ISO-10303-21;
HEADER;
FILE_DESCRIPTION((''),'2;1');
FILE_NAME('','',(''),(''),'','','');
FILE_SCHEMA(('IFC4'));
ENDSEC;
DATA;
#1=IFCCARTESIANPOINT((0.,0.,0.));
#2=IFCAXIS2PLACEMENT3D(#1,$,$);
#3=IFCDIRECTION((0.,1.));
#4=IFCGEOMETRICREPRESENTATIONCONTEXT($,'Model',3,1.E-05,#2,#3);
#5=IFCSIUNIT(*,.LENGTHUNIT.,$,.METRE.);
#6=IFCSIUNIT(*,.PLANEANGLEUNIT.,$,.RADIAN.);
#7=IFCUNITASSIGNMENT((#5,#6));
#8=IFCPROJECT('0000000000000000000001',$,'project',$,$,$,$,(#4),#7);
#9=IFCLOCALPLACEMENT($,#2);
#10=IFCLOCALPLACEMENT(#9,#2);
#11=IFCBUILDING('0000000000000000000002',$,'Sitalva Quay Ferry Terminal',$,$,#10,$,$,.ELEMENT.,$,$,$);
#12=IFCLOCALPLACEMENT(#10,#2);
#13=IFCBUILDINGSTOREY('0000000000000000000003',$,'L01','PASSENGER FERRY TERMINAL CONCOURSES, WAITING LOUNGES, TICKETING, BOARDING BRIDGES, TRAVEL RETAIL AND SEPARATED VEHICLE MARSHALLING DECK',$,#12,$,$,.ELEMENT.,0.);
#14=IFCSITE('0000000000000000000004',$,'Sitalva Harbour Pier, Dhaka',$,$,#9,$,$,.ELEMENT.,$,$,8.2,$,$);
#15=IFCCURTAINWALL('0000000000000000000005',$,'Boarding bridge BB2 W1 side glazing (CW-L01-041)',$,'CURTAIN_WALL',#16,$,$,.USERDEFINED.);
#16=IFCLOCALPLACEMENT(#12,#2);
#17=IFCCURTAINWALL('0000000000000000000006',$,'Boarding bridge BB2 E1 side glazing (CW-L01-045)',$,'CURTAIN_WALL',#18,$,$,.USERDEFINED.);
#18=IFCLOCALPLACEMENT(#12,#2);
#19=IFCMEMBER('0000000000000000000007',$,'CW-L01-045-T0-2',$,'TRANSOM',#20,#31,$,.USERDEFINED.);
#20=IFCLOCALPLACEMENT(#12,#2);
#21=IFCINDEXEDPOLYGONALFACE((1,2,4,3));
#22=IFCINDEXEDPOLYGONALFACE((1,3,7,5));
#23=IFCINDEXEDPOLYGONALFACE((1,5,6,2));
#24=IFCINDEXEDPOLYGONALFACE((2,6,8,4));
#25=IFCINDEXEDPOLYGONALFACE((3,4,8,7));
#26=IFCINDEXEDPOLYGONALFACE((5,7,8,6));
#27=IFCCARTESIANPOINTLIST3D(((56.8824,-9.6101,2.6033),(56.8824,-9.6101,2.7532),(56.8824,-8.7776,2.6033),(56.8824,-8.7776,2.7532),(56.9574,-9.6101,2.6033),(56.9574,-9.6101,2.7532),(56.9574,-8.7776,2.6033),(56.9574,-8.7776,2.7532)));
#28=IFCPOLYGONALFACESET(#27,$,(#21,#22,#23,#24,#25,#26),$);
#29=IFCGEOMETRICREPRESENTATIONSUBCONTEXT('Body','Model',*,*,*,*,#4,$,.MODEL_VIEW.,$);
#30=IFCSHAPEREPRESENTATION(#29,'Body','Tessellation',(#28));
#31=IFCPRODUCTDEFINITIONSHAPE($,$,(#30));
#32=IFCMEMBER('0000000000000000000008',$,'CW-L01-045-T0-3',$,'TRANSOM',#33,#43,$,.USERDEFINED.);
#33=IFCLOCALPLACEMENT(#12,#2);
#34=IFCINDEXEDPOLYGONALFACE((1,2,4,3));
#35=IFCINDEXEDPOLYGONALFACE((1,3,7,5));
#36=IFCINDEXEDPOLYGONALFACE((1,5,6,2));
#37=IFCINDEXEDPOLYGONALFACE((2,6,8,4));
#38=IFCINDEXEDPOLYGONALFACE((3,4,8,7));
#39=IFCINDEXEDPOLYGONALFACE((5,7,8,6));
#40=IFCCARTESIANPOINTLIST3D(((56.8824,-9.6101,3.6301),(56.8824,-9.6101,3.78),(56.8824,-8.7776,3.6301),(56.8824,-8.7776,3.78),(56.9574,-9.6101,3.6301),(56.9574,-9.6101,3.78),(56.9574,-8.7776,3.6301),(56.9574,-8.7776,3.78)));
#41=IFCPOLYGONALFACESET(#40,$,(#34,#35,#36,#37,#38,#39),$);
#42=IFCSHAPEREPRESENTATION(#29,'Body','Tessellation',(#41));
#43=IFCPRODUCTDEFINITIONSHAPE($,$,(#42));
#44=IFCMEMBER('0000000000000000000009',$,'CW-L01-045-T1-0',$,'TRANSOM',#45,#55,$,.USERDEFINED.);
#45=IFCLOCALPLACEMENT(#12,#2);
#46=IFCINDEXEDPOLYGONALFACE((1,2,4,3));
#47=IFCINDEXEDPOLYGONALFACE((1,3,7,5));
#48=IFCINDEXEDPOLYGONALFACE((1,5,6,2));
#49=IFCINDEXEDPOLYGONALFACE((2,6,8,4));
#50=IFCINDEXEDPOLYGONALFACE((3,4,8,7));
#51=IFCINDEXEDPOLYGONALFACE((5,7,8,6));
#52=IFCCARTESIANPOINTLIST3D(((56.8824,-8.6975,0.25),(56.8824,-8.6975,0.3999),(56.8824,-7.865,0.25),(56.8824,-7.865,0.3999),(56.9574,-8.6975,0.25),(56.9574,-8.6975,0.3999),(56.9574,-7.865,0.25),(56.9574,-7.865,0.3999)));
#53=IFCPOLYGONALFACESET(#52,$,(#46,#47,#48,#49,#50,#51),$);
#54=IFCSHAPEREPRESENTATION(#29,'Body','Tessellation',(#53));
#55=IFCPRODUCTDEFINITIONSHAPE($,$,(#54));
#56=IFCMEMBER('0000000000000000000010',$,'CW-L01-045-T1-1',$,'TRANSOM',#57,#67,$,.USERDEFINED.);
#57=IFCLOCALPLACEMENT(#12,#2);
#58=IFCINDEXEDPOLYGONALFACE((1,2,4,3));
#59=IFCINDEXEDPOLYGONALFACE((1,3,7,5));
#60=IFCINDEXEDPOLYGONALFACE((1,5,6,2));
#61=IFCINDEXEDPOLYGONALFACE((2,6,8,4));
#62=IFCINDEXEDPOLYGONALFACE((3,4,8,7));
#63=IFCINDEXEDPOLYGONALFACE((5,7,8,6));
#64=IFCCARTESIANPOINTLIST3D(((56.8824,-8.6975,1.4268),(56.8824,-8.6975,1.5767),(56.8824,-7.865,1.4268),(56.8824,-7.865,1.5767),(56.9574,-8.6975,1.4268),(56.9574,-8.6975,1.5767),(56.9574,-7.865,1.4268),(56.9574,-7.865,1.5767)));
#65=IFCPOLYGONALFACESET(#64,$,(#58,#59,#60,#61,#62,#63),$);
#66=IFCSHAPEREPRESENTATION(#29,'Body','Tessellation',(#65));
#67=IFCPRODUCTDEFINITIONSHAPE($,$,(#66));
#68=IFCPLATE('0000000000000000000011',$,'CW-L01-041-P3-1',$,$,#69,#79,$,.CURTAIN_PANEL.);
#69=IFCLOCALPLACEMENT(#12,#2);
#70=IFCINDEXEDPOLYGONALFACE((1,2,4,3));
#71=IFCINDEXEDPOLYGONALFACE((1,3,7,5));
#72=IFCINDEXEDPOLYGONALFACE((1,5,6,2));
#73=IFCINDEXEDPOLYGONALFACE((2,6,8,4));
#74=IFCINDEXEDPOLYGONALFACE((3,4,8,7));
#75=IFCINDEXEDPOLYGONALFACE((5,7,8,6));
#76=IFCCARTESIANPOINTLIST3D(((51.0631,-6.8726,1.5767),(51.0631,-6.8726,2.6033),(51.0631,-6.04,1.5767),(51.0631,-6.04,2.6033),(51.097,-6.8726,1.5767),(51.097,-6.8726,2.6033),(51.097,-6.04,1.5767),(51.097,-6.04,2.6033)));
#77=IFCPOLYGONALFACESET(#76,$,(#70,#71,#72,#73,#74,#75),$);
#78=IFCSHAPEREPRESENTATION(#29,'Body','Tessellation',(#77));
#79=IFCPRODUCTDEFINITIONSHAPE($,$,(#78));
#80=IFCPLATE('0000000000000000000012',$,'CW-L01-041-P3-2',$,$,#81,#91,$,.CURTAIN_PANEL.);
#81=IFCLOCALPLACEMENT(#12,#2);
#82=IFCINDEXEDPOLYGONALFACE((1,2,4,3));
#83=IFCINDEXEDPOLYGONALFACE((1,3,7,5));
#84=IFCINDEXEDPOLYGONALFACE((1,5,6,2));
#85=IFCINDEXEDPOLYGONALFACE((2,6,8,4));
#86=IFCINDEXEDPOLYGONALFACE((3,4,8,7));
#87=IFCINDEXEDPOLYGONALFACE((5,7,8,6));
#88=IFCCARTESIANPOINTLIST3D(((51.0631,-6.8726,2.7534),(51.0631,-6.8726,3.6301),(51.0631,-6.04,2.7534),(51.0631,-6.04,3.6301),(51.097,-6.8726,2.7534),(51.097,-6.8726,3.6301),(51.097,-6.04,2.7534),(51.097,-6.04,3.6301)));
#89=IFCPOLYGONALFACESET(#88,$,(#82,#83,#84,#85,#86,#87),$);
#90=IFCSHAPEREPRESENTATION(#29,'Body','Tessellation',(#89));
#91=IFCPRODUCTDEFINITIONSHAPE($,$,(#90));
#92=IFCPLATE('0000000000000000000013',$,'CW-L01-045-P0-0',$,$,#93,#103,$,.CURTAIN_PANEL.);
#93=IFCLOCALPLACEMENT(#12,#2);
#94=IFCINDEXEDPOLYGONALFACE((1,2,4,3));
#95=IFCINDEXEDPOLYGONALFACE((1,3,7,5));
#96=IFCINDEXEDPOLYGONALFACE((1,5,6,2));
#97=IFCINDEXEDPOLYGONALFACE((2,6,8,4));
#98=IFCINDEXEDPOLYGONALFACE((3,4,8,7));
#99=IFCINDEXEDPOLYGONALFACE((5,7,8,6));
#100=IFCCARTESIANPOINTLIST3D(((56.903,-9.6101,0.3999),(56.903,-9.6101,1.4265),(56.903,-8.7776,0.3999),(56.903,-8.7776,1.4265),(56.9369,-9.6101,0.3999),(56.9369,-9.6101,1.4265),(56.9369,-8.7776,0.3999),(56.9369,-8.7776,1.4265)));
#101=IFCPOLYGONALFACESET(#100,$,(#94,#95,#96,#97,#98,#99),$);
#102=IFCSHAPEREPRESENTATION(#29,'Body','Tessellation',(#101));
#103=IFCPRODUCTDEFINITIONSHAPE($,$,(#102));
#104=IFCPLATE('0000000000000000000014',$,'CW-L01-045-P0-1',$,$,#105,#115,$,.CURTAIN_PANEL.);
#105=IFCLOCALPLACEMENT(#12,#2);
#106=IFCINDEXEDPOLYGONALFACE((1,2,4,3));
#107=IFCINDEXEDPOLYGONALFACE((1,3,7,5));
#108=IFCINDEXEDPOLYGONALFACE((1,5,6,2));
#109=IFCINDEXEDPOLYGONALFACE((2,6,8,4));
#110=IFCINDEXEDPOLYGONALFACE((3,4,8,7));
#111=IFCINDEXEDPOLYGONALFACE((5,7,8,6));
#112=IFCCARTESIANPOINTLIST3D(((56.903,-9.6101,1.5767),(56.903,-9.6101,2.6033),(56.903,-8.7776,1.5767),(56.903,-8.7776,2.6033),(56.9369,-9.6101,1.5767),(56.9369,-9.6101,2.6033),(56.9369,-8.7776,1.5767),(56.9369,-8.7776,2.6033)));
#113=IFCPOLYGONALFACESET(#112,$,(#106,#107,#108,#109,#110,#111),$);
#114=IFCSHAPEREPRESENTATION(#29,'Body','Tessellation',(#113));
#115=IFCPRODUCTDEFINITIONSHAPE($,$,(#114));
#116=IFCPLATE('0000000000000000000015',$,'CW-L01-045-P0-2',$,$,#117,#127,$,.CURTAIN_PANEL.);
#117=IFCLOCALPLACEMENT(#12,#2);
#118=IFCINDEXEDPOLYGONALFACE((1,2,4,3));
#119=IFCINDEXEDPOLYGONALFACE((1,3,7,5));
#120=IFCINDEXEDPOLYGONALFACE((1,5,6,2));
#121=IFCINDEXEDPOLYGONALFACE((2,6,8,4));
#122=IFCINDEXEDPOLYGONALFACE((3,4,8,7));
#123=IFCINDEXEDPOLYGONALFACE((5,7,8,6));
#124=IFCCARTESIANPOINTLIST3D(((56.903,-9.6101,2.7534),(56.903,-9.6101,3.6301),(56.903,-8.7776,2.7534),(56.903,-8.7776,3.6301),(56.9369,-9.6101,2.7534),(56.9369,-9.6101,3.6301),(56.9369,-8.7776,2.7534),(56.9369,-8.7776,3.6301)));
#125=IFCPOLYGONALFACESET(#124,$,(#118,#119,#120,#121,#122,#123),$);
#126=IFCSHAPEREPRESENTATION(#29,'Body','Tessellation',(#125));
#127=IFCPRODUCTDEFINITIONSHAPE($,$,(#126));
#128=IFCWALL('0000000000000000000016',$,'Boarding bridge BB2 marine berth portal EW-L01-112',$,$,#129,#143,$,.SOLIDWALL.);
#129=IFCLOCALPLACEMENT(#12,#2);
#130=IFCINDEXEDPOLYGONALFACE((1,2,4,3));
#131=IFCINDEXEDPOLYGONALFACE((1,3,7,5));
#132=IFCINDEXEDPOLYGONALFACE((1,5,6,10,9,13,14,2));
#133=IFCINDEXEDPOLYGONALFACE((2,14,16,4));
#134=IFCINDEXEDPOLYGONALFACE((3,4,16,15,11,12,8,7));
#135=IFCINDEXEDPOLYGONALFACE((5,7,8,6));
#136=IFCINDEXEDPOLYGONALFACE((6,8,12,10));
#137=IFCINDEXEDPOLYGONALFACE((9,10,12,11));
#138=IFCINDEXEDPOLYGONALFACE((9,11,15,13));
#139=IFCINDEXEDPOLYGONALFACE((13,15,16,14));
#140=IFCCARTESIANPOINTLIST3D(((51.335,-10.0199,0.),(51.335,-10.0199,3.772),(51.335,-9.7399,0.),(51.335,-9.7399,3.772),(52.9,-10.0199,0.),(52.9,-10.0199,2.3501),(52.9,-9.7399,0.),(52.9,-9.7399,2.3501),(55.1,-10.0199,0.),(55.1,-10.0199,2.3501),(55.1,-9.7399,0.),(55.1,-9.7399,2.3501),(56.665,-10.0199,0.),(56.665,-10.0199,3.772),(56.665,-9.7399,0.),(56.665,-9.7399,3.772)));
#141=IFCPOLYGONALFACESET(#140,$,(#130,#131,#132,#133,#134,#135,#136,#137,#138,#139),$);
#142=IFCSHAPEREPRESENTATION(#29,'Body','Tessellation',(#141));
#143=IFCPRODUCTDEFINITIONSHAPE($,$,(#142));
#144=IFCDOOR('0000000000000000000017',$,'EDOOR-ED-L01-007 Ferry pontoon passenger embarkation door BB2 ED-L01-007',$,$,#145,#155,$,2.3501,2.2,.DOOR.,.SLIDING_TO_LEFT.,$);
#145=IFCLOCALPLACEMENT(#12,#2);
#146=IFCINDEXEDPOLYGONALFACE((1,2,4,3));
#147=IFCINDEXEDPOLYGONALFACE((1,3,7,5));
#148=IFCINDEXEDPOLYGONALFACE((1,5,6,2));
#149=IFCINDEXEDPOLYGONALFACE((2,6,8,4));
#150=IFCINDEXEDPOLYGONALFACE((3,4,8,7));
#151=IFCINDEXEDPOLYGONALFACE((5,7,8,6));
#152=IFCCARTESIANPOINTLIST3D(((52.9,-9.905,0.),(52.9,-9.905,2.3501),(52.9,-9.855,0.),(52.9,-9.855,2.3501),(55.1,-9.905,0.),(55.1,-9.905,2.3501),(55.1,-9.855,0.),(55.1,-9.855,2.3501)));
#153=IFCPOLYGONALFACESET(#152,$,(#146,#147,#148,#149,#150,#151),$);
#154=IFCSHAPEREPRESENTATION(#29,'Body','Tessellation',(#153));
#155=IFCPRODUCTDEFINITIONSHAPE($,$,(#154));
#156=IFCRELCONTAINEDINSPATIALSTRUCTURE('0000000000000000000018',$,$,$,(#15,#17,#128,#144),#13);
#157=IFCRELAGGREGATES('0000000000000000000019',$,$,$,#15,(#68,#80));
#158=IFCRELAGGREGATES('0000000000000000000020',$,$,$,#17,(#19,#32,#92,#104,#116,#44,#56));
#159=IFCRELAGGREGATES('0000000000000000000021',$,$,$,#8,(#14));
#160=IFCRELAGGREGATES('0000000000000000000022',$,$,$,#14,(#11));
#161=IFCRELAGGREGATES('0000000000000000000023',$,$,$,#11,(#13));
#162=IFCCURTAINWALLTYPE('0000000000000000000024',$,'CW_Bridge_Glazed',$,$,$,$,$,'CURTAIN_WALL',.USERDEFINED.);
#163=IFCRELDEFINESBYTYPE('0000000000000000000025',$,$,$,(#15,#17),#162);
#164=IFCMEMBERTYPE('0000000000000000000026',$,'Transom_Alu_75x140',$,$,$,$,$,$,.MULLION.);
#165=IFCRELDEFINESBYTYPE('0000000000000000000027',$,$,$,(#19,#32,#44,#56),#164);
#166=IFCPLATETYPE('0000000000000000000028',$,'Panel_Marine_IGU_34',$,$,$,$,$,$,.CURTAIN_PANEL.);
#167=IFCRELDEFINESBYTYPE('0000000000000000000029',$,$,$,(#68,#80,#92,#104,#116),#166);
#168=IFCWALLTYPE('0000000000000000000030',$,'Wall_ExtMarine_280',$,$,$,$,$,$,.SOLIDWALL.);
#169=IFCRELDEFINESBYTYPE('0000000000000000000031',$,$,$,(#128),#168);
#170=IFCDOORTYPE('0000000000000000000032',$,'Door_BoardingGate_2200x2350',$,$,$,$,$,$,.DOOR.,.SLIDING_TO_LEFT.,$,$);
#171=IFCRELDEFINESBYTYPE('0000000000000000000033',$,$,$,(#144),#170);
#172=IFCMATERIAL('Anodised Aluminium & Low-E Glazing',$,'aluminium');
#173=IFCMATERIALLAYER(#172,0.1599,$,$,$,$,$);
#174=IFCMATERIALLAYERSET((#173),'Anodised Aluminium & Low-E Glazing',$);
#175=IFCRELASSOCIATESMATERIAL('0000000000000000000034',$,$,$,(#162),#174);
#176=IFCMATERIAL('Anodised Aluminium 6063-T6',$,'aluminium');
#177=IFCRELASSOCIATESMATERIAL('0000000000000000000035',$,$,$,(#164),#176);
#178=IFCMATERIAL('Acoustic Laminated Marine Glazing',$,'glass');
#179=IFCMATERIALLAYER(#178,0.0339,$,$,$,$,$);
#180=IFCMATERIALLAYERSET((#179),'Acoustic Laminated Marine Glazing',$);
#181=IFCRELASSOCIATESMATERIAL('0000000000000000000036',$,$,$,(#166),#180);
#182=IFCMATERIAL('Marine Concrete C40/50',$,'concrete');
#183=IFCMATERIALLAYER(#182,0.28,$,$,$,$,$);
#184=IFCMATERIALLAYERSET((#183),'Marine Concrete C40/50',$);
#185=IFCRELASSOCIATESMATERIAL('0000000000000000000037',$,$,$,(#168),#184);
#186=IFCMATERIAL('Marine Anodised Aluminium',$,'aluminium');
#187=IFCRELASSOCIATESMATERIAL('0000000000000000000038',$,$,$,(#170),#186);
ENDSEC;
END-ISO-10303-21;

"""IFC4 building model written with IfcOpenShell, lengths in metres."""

from ifc_helpers import new_model, si_unit, direction, frame, frame_2d, origin, origin_2d, place, context, subcontext, project, spatial, rectangle, extrude, material, layer, layer_set, material_profile, profile_set, type_object, element, fill, aggregate, save


model = new_model("IFC4")

# Units and contexts
model_context = context("Model", 3, precision=1e-05, world=origin(), true_north=direction((0.0, 1.0)))
body_context = subcontext(model_context, "Body", "Model", "MODEL_VIEW")
ifc_project = project(units=[si_unit("LENGTHUNIT", "METRE"), si_unit("PLANEANGLEUNIT", "RADIAN")], contexts=[model_context])

# Site, building, storey
site_placement = place(None, origin())
site = spatial("IfcSite", under=ifc_project, at=site_placement, Name="Sitalva Harbour Pier, Dhaka", CompositionType="ELEMENT", RefElevation=8.2)
building_placement = place(site_placement, origin())
building = spatial("IfcBuilding", under=site, at=building_placement, Name="Sitalva Quay Ferry Terminal", CompositionType="ELEMENT")
storey_placement = place(building_placement, origin())
storey = spatial("IfcBuildingStorey", under=building, at=storey_placement, Name="L01", Description="PASSENGER FERRY TERMINAL CONCOURSES, WAITING LOUNGES, TICKETING, BOARDING BRIDGES, TRAVEL RETAIL AND SEPARATED VEHICLE MARSHALLING DECK", CompositionType="ELEMENT", Elevation=0.0)

# Curtain wall
ifc_material_1 = material(Name="Anodised Aluminium & Low-E Glazing", Category="aluminium")
ifc_layer_1 = layer(ifc_material_1, 0.1599)
ifc_layer_set_1 = layer_set([ifc_layer_1], Name="Anodised Aluminium & Low-E Glazing")
curtain_wall_type = type_object("IfcCurtainWallType", Name="CW_Bridge_Glazed", ElementType="CURTAIN_WALL", PredefinedType="USERDEFINED", material=ifc_layer_set_1)
curtain_wall_1_placement = place(storey_placement, origin())
curtain_wall_1 = element("IfcCurtainWall", 1, at=curtain_wall_1_placement, inside=storey, type_object=curtain_wall_type, Name="Boarding bridge BB2 W1 side glazing (CW-L01-041)", ObjectType="CURTAIN_WALL", PredefinedType="USERDEFINED")

# Curtain wall
curtain_wall_2_placement = place(storey_placement, origin())
curtain_wall_2 = element("IfcCurtainWall", 2, at=curtain_wall_2_placement, inside=storey, type_object=curtain_wall_type, Name="Boarding bridge BB2 E1 side glazing (CW-L01-045)", ObjectType="CURTAIN_WALL", PredefinedType="USERDEFINED")

# Members
ifc_material_2 = material(Name="Anodised Aluminium 6063-T6", Category="aluminium")
ifc_material_profile_1 = material_profile(ifc_material_2, rectangle(XDim=0.075, YDim=0.1499, at=origin_2d()), Name="ALU75x150")
ifc_profile_set_1 = profile_set([ifc_material_profile_1], Name="Anodised Aluminium 6063-T6")
member_type_1 = type_object("IfcMemberType", Name="Transom_Alu_75x140", PredefinedType="MULLION", material=ifc_profile_set_1)
member_1_placement = place(storey_placement, frame((56.9199, -9.6101, 2.6782), z_axis=(0.0, 1.0, 0.0), x_axis=(-1.0, 0.0, 0.0)))
member_1 = element("IfcMember", 3, at=member_1_placement, type_object=member_type_1, Name="CW-L01-045-T0-2", ObjectType="TRANSOM", PredefinedType="USERDEFINED", context=body_context, shape_type="SweptSolid", body=[
    extrude(rectangle(XDim=0.075, YDim=0.1499, at=origin_2d()), origin(), (0.0, 0.0, 1.0), 0.8325),
])
member_2_placement = place(storey_placement, frame((56.9199, -9.6101, 3.7051), z_axis=(0.0, 1.0, 0.0), x_axis=(-1.0, 0.0, 0.0)))
member_2 = element("IfcMember", 4, at=member_2_placement, type_object=member_type_1, Name="CW-L01-045-T0-3", ObjectType="TRANSOM", PredefinedType="USERDEFINED", context=body_context, shape_type="SweptSolid", body=[
    extrude(rectangle(XDim=0.075, YDim=0.1499, at=origin_2d()), origin(), (0.0, 0.0, 1.0), 0.8325),
])
member_3_placement = place(storey_placement, frame((56.9199, -8.6975, 0.325), z_axis=(0.0, 1.0, 0.0), x_axis=(-1.0, 0.0, 0.0)))
member_3 = element("IfcMember", 5, at=member_3_placement, type_object=member_type_1, Name="CW-L01-045-T1-0", ObjectType="TRANSOM", PredefinedType="USERDEFINED", context=body_context, shape_type="SweptSolid", body=[
    extrude(rectangle(XDim=0.075, YDim=0.1499, at=origin_2d()), origin(), (0.0, 0.0, 1.0), 0.8325),
])
member_4_placement = place(storey_placement, frame((56.9199, -8.6975, 1.5017), z_axis=(0.0, 1.0, 0.0), x_axis=(-1.0, 0.0, 0.0)))
member_4 = element("IfcMember", 6, at=member_4_placement, type_object=member_type_1, Name="CW-L01-045-T1-1", ObjectType="TRANSOM", PredefinedType="USERDEFINED", context=body_context, shape_type="SweptSolid", body=[
    extrude(rectangle(XDim=0.075, YDim=0.1499, at=origin_2d()), origin(), (0.0, 0.0, 1.0), 0.8325),
])

# Plates
ifc_material_3 = material(Name="Acoustic Laminated Marine Glazing", Category="glass")
ifc_layer_2 = layer(ifc_material_3, 0.0339)
ifc_layer_set_2 = layer_set([ifc_layer_2], Name="Acoustic Laminated Marine Glazing")
plate_type = type_object("IfcPlateType", Name="Panel_Marine_IGU_34", PredefinedType="CURTAIN_PANEL", material=ifc_layer_set_2)
plate_1_placement = place(storey_placement, frame((51.0801, -6.4563, 1.5767), z_axis=(0.0, 0.0, 1.0), x_axis=(0.0, 1.0, 0.0)))
plate_1 = element("IfcPlate", 7, at=plate_1_placement, type_object=plate_type, Name="CW-L01-041-P3-1", PredefinedType="CURTAIN_PANEL", context=body_context, shape_type="SweptSolid", body=[
    extrude(rectangle(XDim=0.8325, YDim=0.0339, at=origin_2d()), origin(), (0.0, 0.0, 1.0), 1.0266),
])
plate_2_placement = place(storey_placement, frame((51.0801, -6.4563, 2.7534), z_axis=(0.0, 0.0, 1.0), x_axis=(0.0, 1.0, 0.0)))
plate_2 = element("IfcPlate", 8, at=plate_2_placement, type_object=plate_type, Name="CW-L01-041-P3-2", PredefinedType="CURTAIN_PANEL", context=body_context, shape_type="SweptSolid", body=[
    extrude(rectangle(XDim=0.8325, YDim=0.0339, at=origin_2d()), origin(), (0.0, 0.0, 1.0), 0.8767),
])
aggregate(curtain_wall_1, [plate_1, plate_2])
plate_3_placement = place(storey_placement, frame((56.9199, -9.1938, 0.3999), z_axis=(0.0, 0.0, 1.0), x_axis=(0.0, 1.0, 0.0)))
plate_3 = element("IfcPlate", 9, at=plate_3_placement, type_object=plate_type, Name="CW-L01-045-P0-0", PredefinedType="CURTAIN_PANEL", context=body_context, shape_type="SweptSolid", body=[
    extrude(rectangle(XDim=0.8325, YDim=0.0339, at=origin_2d()), origin(), (0.0, 0.0, 1.0), 1.0266),
])
plate_4_placement = place(storey_placement, frame((56.9199, -9.1938, 1.5767), z_axis=(0.0, 0.0, 1.0), x_axis=(0.0, 1.0, 0.0)))
plate_4 = element("IfcPlate", 10, at=plate_4_placement, type_object=plate_type, Name="CW-L01-045-P0-1", PredefinedType="CURTAIN_PANEL", context=body_context, shape_type="SweptSolid", body=[
    extrude(rectangle(XDim=0.8325, YDim=0.0339, at=origin_2d()), origin(), (0.0, 0.0, 1.0), 1.0266),
])
plate_5_placement = place(storey_placement, frame((56.9199, -9.1938, 2.7534), z_axis=(0.0, 0.0, 1.0), x_axis=(0.0, 1.0, 0.0)))
plate_5 = element("IfcPlate", 11, at=plate_5_placement, type_object=plate_type, Name="CW-L01-045-P0-2", PredefinedType="CURTAIN_PANEL", context=body_context, shape_type="SweptSolid", body=[
    extrude(rectangle(XDim=0.8325, YDim=0.0339, at=origin_2d()), origin(), (0.0, 0.0, 1.0), 0.8767),
])
aggregate(curtain_wall_2, [member_1, member_2, plate_3, plate_4, plate_5, member_3, member_4])

# Wall, opening, door
ifc_material_4 = material(Name="Marine Concrete C40/50", Category="concrete")
ifc_layer_3 = layer(ifc_material_4, 0.28)
ifc_layer_set_3 = layer_set([ifc_layer_3], Name="Marine Concrete C40/50")
wall_type = type_object("IfcWallType", Name="Wall_ExtMarine_280", PredefinedType="SOLIDWALL", material=ifc_layer_set_3)
wall_placement = place(storey_placement, frame((51.335, -9.8799, 0.0), z_axis=(0.0, 0.0, 1.0), x_axis=(1.0, 0.0, 0.0)))
wall = element("IfcWall", 12, at=wall_placement, inside=storey, type_object=wall_type, Name="Boarding bridge BB2 marine berth portal EW-L01-112", PredefinedType="SOLIDWALL", context=body_context, shape_type="SweptSolid", body=[
    extrude(rectangle(XDim=5.3301, YDim=0.28, at=frame_2d((2.665, 0.0))), origin(), (0.0, 0.0, 1.0), 3.772),
])
opening_placement = place(wall_placement, frame((1.5649, 0.0, 0.0)))
opening = element("IfcOpeningElement", 13, at=opening_placement, cuts=wall, PredefinedType="OPENING", context=body_context, shape_type="SweptSolid", body=[
    extrude(rectangle(XDim=2.2, YDim=2.3501, at=frame_2d((1.1001, 1.175))), frame((0.0, 0.1499, 0.0), z_axis=(0.0, -1.0, 0.0), x_axis=(1.0, 0.0, 0.0)), (0.0, 0.0, 1.0), 0.3),
])
ifc_material_5 = material(Name="Marine Anodised Aluminium", Category="aluminium")
door_type = type_object("IfcDoorType", Name="Door_BoardingGate_2200x2350", OperationType="SLIDING_TO_LEFT", PredefinedType="DOOR", material=ifc_material_5)
door_placement = place(opening_placement, origin())
door = element("IfcDoor", 14, at=door_placement, inside=storey, type_object=door_type, Name="EDOOR-ED-L01-007 Ferry pontoon passenger embarkation door BB2 ED-L01-007", OperationType="SLIDING_TO_LEFT", OverallHeight=2.3501, OverallWidth=2.2, PredefinedType="DOOR", context=body_context, shape_type="SweptSolid", body=[
    extrude(rectangle(XDim=2.2, YDim=2.3501, at=frame_2d((1.1001, 1.175))), frame((0.0, 0.0249, 0.0), z_axis=(0.0, -1.0, 0.0), x_axis=(1.0, 0.0, 0.0)), (0.0, 0.0, 1.0), 0.05),
])
fill(opening, door)

save(model, "model.ifc")
